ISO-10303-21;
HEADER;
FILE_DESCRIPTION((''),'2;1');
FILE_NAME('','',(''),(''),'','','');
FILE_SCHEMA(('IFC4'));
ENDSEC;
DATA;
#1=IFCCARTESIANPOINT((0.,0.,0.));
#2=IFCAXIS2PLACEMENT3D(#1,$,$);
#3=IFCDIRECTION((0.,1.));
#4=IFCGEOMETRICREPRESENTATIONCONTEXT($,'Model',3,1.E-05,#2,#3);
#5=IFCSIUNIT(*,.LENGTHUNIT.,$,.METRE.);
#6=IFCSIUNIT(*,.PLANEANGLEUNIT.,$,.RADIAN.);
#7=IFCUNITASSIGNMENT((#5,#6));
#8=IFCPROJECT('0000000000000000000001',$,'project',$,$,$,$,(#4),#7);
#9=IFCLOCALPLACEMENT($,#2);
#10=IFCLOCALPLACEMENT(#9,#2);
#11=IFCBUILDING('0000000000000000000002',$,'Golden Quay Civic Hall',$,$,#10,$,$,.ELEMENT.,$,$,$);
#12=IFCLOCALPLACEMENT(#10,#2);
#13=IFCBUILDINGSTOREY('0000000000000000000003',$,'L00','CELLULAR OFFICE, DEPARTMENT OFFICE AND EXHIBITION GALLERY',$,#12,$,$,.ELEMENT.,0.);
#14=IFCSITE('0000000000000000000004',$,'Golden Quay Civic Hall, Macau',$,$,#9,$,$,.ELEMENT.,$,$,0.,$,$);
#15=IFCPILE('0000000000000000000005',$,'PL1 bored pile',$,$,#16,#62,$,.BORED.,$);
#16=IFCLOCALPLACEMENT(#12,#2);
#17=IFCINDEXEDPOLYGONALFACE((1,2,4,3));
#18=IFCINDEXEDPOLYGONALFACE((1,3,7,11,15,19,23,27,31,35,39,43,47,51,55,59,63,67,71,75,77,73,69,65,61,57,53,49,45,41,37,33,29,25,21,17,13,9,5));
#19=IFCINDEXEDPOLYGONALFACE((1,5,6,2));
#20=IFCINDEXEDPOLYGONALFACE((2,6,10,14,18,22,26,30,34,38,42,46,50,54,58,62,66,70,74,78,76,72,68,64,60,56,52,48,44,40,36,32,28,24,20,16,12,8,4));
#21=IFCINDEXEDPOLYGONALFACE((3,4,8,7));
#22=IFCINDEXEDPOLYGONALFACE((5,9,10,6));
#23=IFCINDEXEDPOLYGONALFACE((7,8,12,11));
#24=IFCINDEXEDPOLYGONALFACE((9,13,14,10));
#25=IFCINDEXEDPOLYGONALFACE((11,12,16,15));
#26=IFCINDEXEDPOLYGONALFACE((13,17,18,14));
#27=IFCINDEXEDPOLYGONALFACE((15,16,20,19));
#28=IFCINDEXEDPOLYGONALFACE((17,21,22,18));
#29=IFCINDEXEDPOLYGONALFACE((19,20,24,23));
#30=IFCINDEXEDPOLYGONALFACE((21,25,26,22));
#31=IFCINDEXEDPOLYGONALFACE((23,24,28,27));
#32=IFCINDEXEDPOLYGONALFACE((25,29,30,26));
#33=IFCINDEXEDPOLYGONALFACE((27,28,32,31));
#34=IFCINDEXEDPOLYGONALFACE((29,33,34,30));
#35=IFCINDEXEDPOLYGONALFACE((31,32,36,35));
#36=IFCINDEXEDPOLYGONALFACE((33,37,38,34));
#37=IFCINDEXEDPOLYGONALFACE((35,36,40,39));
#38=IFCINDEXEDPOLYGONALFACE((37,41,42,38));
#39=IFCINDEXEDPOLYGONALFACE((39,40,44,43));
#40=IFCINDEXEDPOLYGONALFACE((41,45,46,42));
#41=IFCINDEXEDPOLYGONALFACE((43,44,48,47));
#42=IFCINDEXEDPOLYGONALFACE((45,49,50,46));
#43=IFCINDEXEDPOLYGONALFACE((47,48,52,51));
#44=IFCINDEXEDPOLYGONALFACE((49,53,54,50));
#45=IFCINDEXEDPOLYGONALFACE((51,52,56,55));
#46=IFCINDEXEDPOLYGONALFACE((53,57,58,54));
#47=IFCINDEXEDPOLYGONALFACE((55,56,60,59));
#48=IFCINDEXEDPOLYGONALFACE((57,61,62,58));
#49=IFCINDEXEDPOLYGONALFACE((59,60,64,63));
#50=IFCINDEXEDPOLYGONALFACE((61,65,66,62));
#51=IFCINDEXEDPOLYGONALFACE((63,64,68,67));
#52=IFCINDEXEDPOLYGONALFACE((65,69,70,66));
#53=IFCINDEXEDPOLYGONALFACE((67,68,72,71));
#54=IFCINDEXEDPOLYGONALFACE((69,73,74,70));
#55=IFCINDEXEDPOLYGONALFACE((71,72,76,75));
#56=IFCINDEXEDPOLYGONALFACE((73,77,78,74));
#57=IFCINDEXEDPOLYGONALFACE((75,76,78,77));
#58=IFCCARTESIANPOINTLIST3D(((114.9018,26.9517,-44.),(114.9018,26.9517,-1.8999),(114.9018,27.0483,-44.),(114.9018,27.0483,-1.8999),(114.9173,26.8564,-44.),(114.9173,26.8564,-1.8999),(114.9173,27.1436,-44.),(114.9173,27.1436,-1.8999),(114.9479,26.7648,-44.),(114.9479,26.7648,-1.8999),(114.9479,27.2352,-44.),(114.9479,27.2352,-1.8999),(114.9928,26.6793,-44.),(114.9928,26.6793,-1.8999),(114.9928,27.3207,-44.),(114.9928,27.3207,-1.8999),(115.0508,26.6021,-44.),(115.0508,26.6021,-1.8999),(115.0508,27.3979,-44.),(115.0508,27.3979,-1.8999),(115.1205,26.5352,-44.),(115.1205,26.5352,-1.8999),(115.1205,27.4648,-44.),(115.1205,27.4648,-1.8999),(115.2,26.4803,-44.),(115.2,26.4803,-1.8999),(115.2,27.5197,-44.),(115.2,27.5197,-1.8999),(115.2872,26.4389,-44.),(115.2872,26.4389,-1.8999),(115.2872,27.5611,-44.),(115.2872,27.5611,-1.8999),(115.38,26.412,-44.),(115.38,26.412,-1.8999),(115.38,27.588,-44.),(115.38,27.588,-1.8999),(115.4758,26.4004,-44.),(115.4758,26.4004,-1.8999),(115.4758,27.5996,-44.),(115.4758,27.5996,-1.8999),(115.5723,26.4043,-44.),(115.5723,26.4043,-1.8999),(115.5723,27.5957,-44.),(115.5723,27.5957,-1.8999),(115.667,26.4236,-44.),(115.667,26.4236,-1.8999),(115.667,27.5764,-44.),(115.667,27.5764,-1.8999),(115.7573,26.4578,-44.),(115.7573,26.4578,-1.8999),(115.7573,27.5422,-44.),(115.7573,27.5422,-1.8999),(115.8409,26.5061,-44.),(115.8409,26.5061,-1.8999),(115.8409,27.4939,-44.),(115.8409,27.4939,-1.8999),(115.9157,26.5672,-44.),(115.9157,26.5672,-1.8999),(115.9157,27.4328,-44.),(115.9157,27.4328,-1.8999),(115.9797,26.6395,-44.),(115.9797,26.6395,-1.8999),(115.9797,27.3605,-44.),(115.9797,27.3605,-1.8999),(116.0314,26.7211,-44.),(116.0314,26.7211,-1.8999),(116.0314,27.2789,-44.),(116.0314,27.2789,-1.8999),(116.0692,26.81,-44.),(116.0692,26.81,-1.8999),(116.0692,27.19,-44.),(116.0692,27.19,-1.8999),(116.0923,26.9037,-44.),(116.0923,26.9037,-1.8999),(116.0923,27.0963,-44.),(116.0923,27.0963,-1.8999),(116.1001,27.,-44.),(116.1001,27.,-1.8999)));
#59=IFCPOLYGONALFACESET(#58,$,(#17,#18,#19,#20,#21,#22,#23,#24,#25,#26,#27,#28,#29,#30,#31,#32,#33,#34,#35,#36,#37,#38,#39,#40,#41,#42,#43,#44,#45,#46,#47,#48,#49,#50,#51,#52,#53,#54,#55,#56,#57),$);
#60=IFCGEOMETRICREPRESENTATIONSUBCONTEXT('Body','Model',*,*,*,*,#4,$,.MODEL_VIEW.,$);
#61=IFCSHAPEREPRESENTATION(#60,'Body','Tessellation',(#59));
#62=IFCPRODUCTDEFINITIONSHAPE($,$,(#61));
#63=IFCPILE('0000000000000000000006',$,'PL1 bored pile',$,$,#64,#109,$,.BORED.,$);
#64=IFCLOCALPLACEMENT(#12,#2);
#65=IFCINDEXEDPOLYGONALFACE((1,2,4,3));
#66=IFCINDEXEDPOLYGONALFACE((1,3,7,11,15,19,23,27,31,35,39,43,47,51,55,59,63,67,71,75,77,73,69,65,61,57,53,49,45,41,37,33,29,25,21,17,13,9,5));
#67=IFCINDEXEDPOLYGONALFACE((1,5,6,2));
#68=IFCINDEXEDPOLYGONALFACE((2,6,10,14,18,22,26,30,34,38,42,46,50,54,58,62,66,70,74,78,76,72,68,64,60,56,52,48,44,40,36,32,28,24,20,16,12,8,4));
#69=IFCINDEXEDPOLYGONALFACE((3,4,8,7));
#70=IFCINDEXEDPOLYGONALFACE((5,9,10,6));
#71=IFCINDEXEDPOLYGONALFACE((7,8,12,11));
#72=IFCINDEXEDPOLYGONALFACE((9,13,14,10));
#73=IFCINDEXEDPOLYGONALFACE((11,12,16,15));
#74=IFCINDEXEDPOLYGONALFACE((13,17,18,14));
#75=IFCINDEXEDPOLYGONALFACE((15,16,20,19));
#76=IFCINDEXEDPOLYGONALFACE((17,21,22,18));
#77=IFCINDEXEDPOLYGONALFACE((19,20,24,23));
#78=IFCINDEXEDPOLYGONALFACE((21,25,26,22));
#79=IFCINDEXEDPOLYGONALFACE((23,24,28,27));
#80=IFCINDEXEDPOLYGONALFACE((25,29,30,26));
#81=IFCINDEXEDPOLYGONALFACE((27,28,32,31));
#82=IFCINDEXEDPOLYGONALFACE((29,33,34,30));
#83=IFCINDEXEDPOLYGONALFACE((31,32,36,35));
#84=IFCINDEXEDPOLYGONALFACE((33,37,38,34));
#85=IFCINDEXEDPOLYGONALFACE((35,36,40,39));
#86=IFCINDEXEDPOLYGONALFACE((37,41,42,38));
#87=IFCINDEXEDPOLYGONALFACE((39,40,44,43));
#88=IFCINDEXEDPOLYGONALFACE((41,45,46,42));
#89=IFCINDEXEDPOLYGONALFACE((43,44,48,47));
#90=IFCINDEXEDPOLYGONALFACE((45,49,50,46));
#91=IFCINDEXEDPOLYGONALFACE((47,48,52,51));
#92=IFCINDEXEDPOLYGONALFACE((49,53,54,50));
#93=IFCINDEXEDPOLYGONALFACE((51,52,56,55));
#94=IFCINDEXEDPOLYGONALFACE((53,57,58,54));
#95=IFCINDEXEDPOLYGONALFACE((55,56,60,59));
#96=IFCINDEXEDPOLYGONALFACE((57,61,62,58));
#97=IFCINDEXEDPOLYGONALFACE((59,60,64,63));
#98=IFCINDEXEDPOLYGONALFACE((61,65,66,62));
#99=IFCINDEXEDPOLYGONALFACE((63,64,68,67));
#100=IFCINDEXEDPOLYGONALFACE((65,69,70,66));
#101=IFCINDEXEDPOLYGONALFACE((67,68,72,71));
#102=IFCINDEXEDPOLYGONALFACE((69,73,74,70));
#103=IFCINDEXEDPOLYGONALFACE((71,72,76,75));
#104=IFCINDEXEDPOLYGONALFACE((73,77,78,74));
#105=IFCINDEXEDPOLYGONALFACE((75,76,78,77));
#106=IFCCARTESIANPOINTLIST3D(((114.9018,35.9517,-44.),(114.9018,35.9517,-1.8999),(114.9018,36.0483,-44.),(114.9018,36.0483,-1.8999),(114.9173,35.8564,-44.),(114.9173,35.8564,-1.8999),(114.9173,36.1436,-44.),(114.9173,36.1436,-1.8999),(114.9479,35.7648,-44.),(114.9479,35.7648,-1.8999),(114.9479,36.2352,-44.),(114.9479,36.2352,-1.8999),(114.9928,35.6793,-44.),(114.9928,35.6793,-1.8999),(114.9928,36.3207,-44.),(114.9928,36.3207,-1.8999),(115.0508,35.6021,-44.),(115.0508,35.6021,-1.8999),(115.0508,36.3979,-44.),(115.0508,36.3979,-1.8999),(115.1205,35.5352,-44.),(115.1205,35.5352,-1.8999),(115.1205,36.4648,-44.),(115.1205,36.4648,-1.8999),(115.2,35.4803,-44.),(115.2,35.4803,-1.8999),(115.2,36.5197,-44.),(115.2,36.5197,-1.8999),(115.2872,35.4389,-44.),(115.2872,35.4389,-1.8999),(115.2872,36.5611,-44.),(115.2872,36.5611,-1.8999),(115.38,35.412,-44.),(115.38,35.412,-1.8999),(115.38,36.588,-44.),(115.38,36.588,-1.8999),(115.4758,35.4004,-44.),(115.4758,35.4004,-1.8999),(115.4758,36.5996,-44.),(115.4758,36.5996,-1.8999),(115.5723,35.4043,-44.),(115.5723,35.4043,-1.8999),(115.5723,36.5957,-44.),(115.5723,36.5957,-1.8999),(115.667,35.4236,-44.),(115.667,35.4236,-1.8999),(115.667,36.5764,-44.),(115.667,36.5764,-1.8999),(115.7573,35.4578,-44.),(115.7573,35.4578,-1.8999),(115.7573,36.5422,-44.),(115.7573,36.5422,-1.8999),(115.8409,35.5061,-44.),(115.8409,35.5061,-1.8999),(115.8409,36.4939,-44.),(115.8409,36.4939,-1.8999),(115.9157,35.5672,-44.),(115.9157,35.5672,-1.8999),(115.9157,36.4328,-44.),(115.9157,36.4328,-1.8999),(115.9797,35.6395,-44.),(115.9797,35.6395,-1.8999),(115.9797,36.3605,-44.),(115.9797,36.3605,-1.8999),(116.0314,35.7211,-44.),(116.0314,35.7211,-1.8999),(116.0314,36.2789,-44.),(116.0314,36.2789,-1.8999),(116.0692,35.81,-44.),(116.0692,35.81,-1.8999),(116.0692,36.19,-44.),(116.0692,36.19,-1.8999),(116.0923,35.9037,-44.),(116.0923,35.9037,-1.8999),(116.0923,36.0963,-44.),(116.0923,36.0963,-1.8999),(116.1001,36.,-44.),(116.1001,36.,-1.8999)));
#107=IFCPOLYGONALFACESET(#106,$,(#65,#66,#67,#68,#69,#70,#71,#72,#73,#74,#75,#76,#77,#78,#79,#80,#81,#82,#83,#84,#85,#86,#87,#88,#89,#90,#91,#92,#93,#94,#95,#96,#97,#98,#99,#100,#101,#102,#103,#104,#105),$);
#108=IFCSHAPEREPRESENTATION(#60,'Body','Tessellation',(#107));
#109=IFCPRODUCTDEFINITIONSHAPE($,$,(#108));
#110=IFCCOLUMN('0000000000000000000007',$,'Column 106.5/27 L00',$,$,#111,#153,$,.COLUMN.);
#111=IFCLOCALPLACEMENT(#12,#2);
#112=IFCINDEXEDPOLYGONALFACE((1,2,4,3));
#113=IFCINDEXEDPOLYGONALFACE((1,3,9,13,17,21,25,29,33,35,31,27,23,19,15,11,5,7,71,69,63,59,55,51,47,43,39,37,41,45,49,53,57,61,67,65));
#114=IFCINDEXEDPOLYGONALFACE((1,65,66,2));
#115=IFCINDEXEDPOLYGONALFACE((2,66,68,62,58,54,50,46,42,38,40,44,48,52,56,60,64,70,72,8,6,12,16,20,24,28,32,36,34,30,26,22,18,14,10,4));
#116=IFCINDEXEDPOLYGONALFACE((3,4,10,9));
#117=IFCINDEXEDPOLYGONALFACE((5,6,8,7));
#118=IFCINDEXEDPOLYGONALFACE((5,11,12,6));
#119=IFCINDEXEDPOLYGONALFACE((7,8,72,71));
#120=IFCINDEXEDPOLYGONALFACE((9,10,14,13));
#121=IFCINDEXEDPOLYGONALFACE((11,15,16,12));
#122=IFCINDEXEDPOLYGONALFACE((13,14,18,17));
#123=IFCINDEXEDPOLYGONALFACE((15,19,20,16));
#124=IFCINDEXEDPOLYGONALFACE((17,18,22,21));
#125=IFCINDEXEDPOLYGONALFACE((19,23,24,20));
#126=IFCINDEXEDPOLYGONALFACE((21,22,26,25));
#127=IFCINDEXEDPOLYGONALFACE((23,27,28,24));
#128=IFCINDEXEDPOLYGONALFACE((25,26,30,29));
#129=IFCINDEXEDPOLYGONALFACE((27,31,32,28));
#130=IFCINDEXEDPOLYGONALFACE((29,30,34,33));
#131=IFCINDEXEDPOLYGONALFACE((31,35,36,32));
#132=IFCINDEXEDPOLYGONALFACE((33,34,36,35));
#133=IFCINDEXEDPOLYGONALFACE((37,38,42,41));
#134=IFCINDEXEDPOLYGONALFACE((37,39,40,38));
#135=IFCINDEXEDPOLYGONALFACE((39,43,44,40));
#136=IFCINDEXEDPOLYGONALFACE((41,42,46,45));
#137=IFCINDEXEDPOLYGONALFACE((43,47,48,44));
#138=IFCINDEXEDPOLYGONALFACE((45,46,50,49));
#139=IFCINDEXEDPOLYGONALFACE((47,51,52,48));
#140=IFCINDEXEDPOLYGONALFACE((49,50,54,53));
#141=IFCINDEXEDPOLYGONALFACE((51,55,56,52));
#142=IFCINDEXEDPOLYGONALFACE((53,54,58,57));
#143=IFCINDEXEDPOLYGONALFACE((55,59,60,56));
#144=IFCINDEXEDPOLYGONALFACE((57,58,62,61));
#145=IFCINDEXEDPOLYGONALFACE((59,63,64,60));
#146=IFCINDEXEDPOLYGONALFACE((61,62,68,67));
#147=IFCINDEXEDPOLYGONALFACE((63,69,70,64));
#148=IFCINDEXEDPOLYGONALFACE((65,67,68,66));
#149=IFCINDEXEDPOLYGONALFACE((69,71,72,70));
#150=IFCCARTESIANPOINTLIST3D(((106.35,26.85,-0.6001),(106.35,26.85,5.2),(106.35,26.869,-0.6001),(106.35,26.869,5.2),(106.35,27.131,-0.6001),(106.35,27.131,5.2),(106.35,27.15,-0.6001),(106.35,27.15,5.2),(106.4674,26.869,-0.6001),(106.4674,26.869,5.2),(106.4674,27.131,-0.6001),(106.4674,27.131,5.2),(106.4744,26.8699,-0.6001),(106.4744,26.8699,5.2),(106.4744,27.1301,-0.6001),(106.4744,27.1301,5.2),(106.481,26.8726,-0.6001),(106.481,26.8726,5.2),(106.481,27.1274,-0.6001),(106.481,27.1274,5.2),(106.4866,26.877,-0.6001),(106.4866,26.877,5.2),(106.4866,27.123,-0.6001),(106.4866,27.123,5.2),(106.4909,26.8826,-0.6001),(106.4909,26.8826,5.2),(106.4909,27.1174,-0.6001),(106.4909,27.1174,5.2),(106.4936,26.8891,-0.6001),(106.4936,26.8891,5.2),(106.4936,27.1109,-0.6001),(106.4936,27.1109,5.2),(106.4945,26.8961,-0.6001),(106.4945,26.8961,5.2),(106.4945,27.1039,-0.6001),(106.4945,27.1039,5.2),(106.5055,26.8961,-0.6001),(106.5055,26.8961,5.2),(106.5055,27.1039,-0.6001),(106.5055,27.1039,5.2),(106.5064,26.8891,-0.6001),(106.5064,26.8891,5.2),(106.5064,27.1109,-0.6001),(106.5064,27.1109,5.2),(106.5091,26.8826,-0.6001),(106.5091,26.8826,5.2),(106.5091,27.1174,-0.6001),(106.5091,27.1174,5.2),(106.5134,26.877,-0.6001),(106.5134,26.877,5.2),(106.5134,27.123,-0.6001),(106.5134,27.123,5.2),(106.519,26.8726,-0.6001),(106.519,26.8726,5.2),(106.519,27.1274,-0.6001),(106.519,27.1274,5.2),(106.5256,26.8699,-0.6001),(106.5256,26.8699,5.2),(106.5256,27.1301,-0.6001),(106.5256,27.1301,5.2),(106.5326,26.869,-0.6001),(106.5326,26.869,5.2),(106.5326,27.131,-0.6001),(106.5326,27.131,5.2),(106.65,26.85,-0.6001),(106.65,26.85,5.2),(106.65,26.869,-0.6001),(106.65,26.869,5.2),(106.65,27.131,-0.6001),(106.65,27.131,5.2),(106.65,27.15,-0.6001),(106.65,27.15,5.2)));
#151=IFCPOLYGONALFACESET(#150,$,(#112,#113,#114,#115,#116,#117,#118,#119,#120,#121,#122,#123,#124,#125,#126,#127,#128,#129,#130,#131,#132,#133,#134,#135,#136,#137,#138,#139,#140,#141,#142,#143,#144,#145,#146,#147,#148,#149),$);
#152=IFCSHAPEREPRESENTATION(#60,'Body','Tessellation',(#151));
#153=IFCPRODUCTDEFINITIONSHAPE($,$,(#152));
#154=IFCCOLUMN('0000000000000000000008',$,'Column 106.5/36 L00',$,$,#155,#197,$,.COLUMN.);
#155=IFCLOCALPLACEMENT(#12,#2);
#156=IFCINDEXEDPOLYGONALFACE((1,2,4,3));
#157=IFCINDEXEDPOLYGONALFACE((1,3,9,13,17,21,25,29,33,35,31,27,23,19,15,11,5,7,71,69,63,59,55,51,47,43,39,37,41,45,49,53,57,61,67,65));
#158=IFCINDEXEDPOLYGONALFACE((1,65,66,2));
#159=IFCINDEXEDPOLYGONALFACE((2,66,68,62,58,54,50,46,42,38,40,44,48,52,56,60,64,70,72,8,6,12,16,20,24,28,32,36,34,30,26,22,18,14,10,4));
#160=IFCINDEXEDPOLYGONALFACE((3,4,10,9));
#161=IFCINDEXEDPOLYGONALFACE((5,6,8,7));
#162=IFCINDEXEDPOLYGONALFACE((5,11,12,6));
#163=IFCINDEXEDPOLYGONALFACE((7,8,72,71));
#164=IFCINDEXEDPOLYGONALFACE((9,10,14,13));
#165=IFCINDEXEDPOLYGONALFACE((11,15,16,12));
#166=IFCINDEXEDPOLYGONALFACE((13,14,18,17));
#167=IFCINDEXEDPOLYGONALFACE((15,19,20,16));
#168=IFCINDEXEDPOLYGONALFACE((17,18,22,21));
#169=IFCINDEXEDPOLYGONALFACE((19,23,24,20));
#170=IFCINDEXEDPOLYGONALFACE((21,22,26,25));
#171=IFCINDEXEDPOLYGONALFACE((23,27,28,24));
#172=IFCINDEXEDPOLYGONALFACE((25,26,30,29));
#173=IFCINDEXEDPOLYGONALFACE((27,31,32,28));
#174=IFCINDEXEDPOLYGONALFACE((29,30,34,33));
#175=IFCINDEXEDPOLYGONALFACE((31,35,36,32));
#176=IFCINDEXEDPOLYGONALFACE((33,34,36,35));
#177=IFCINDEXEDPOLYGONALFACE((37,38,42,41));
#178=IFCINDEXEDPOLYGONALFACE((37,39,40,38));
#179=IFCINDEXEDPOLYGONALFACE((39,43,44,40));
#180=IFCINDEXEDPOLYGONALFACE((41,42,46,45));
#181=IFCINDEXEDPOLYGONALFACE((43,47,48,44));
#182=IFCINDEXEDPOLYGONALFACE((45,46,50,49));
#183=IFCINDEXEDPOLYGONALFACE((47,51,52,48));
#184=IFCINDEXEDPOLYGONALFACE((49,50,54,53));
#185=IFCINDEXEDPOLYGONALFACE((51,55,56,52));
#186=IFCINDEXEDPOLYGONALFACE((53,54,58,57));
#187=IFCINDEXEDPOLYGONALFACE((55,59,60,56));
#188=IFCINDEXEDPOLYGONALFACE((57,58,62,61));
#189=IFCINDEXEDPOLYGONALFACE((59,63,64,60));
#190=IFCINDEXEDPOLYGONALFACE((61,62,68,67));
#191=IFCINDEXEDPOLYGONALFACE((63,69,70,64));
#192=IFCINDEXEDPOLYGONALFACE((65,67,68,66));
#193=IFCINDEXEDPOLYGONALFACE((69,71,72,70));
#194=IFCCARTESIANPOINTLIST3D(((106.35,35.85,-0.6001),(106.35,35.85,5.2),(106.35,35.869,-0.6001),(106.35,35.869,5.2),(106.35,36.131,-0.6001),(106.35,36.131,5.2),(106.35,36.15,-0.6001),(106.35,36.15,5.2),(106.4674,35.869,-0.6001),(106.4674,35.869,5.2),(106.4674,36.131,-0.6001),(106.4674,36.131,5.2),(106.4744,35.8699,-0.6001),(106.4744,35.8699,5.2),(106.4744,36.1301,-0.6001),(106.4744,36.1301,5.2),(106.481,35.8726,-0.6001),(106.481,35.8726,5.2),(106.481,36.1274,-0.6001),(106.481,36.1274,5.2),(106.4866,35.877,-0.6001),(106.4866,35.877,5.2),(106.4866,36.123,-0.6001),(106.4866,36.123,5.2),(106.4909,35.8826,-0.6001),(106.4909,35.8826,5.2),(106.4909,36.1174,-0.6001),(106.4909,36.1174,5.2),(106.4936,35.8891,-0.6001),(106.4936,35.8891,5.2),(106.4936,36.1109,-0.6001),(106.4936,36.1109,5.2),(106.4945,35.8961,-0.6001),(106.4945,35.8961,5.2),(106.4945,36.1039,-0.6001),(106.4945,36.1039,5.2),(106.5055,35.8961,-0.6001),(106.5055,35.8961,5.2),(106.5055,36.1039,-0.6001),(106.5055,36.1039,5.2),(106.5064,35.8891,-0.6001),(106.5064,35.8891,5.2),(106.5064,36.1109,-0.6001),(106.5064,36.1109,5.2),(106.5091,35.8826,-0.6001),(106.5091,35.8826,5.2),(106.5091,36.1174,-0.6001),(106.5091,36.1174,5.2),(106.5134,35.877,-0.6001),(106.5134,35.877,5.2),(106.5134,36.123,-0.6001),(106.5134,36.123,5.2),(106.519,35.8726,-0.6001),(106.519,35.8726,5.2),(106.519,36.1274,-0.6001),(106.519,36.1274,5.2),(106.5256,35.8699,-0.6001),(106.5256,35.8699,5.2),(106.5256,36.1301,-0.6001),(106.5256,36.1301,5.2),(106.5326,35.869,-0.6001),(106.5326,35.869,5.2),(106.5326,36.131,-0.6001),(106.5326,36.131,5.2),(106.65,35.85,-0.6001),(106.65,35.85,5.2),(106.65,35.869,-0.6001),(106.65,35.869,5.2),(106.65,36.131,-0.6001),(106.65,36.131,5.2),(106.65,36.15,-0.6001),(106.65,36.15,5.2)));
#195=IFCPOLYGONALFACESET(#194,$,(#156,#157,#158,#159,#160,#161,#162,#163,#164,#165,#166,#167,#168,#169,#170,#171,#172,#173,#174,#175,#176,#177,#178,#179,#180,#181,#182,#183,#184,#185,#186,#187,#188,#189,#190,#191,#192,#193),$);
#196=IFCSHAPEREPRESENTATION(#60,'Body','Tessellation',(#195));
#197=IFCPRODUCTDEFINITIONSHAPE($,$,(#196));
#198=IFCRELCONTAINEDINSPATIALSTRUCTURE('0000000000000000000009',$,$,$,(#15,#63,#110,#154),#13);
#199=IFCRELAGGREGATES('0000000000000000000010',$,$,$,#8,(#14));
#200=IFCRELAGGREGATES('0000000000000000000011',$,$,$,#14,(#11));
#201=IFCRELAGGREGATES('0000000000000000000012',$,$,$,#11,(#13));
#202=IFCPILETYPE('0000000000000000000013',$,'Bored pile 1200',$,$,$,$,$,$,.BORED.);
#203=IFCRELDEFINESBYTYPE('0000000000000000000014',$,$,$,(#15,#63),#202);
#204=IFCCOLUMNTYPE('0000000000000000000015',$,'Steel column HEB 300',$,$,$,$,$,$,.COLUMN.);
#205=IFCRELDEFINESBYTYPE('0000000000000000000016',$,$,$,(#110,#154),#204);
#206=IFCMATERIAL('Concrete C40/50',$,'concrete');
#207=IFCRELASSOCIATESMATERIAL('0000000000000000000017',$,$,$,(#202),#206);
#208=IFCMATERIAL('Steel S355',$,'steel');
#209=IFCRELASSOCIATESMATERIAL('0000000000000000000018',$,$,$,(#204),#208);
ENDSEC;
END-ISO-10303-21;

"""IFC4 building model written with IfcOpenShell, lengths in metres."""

from ifc_helpers import new_model, si_unit, direction, frame, origin, origin_2d, place, context, subcontext, project, spatial, circle, i_section, extrude, material, material_profile, profile_set, type_object, element, save


model = new_model("IFC4")

# Units and contexts
model_context = context("Model", 3, precision=1e-05, world=origin(), true_north=direction((0.0, 1.0)))
body_context = subcontext(model_context, "Body", "Model", "MODEL_VIEW")
ifc_project = project(units=[si_unit("LENGTHUNIT", "METRE"), si_unit("PLANEANGLEUNIT", "RADIAN")], contexts=[model_context])

# Site, building, storey
site_placement = place(None, origin())
site = spatial("IfcSite", under=ifc_project, at=site_placement, Name="Golden Quay Civic Hall, Macau", CompositionType="ELEMENT", RefElevation=0.0)
building_placement = place(site_placement, origin())
building = spatial("IfcBuilding", under=site, at=building_placement, Name="Golden Quay Civic Hall", CompositionType="ELEMENT")
storey_placement = place(building_placement, origin())
storey = spatial("IfcBuildingStorey", under=building, at=storey_placement, Name="L00", Description="CELLULAR OFFICE, DEPARTMENT OFFICE AND EXHIBITION GALLERY", CompositionType="ELEMENT", Elevation=0.0)

# Piles
ifc_material_1 = material(Name="Concrete C40/50", Category="concrete")
ifc_material_profile_1 = material_profile(ifc_material_1, circle(Radius=0.6001, at=origin_2d()), Name="RC D1200")
ifc_profile_set_1 = profile_set([ifc_material_profile_1], Name="Concrete C40/50")
pile_type = type_object("IfcPileType", Name="Bored pile 1200", PredefinedType="BORED", material=ifc_profile_set_1)
for number, where, z_axis, x_axis, name in (
    (1, (115.5, 27.0, -1.8999), (0.0, 0.0, -1.0), (1.0, 0.0, 0.0), "PL1 bored pile"),
    (2, (115.5, 36.0, -1.8999), (0.0, 0.0, -1.0), (1.0, 0.0, 0.0), "PL1 bored pile"),
):
    element("IfcPile", number, at=place(storey_placement, frame(where, z_axis=z_axis, x_axis=x_axis)), inside=storey, type_object=pile_type, Name=name, PredefinedType="BORED", context=body_context, shape_type="SweptSolid", body=[
        extrude(circle(Radius=0.6001, at=origin_2d()), origin(), (0.0, 0.0, 1.0), 42.1001),
    ])

# Columns
ifc_material_2 = material(Name="Steel S355", Category="steel")
ifc_material_profile_2 = material_profile(ifc_material_2, i_section(OverallWidth=0.3, OverallDepth=0.3, WebThickness=0.011, FlangeThickness=0.019, FilletRadius=0.0271, at=origin_2d()), Name="HEB 300")
ifc_profile_set_2 = profile_set([ifc_material_profile_2], Name="Steel S355")
column_type = type_object("IfcColumnType", Name="Steel column HEB 300", PredefinedType="COLUMN", material=ifc_profile_set_2)
for number, where, z_axis, x_axis, name in (
    (3, (106.5, 27.0, -0.6001), (0.0, 0.0, 1.0), (1.0, 0.0, 0.0), "Column 106.5/27 L00"),
    (4, (106.5, 36.0, -0.6001), (0.0, 0.0, 1.0), (1.0, 0.0, 0.0), "Column 106.5/36 L00"),
):
    element("IfcColumn", number, at=place(storey_placement, frame(where, z_axis=z_axis, x_axis=x_axis)), inside=storey, type_object=column_type, Name=name, PredefinedType="COLUMN", context=body_context, shape_type="SweptSolid", body=[
        extrude(i_section(OverallWidth=0.3, OverallDepth=0.3, WebThickness=0.011, FlangeThickness=0.019, FilletRadius=0.0271, at=origin_2d()), origin(), (0.0, 0.0, 1.0), 5.8),
    ])

save(model, "model.ifc")
